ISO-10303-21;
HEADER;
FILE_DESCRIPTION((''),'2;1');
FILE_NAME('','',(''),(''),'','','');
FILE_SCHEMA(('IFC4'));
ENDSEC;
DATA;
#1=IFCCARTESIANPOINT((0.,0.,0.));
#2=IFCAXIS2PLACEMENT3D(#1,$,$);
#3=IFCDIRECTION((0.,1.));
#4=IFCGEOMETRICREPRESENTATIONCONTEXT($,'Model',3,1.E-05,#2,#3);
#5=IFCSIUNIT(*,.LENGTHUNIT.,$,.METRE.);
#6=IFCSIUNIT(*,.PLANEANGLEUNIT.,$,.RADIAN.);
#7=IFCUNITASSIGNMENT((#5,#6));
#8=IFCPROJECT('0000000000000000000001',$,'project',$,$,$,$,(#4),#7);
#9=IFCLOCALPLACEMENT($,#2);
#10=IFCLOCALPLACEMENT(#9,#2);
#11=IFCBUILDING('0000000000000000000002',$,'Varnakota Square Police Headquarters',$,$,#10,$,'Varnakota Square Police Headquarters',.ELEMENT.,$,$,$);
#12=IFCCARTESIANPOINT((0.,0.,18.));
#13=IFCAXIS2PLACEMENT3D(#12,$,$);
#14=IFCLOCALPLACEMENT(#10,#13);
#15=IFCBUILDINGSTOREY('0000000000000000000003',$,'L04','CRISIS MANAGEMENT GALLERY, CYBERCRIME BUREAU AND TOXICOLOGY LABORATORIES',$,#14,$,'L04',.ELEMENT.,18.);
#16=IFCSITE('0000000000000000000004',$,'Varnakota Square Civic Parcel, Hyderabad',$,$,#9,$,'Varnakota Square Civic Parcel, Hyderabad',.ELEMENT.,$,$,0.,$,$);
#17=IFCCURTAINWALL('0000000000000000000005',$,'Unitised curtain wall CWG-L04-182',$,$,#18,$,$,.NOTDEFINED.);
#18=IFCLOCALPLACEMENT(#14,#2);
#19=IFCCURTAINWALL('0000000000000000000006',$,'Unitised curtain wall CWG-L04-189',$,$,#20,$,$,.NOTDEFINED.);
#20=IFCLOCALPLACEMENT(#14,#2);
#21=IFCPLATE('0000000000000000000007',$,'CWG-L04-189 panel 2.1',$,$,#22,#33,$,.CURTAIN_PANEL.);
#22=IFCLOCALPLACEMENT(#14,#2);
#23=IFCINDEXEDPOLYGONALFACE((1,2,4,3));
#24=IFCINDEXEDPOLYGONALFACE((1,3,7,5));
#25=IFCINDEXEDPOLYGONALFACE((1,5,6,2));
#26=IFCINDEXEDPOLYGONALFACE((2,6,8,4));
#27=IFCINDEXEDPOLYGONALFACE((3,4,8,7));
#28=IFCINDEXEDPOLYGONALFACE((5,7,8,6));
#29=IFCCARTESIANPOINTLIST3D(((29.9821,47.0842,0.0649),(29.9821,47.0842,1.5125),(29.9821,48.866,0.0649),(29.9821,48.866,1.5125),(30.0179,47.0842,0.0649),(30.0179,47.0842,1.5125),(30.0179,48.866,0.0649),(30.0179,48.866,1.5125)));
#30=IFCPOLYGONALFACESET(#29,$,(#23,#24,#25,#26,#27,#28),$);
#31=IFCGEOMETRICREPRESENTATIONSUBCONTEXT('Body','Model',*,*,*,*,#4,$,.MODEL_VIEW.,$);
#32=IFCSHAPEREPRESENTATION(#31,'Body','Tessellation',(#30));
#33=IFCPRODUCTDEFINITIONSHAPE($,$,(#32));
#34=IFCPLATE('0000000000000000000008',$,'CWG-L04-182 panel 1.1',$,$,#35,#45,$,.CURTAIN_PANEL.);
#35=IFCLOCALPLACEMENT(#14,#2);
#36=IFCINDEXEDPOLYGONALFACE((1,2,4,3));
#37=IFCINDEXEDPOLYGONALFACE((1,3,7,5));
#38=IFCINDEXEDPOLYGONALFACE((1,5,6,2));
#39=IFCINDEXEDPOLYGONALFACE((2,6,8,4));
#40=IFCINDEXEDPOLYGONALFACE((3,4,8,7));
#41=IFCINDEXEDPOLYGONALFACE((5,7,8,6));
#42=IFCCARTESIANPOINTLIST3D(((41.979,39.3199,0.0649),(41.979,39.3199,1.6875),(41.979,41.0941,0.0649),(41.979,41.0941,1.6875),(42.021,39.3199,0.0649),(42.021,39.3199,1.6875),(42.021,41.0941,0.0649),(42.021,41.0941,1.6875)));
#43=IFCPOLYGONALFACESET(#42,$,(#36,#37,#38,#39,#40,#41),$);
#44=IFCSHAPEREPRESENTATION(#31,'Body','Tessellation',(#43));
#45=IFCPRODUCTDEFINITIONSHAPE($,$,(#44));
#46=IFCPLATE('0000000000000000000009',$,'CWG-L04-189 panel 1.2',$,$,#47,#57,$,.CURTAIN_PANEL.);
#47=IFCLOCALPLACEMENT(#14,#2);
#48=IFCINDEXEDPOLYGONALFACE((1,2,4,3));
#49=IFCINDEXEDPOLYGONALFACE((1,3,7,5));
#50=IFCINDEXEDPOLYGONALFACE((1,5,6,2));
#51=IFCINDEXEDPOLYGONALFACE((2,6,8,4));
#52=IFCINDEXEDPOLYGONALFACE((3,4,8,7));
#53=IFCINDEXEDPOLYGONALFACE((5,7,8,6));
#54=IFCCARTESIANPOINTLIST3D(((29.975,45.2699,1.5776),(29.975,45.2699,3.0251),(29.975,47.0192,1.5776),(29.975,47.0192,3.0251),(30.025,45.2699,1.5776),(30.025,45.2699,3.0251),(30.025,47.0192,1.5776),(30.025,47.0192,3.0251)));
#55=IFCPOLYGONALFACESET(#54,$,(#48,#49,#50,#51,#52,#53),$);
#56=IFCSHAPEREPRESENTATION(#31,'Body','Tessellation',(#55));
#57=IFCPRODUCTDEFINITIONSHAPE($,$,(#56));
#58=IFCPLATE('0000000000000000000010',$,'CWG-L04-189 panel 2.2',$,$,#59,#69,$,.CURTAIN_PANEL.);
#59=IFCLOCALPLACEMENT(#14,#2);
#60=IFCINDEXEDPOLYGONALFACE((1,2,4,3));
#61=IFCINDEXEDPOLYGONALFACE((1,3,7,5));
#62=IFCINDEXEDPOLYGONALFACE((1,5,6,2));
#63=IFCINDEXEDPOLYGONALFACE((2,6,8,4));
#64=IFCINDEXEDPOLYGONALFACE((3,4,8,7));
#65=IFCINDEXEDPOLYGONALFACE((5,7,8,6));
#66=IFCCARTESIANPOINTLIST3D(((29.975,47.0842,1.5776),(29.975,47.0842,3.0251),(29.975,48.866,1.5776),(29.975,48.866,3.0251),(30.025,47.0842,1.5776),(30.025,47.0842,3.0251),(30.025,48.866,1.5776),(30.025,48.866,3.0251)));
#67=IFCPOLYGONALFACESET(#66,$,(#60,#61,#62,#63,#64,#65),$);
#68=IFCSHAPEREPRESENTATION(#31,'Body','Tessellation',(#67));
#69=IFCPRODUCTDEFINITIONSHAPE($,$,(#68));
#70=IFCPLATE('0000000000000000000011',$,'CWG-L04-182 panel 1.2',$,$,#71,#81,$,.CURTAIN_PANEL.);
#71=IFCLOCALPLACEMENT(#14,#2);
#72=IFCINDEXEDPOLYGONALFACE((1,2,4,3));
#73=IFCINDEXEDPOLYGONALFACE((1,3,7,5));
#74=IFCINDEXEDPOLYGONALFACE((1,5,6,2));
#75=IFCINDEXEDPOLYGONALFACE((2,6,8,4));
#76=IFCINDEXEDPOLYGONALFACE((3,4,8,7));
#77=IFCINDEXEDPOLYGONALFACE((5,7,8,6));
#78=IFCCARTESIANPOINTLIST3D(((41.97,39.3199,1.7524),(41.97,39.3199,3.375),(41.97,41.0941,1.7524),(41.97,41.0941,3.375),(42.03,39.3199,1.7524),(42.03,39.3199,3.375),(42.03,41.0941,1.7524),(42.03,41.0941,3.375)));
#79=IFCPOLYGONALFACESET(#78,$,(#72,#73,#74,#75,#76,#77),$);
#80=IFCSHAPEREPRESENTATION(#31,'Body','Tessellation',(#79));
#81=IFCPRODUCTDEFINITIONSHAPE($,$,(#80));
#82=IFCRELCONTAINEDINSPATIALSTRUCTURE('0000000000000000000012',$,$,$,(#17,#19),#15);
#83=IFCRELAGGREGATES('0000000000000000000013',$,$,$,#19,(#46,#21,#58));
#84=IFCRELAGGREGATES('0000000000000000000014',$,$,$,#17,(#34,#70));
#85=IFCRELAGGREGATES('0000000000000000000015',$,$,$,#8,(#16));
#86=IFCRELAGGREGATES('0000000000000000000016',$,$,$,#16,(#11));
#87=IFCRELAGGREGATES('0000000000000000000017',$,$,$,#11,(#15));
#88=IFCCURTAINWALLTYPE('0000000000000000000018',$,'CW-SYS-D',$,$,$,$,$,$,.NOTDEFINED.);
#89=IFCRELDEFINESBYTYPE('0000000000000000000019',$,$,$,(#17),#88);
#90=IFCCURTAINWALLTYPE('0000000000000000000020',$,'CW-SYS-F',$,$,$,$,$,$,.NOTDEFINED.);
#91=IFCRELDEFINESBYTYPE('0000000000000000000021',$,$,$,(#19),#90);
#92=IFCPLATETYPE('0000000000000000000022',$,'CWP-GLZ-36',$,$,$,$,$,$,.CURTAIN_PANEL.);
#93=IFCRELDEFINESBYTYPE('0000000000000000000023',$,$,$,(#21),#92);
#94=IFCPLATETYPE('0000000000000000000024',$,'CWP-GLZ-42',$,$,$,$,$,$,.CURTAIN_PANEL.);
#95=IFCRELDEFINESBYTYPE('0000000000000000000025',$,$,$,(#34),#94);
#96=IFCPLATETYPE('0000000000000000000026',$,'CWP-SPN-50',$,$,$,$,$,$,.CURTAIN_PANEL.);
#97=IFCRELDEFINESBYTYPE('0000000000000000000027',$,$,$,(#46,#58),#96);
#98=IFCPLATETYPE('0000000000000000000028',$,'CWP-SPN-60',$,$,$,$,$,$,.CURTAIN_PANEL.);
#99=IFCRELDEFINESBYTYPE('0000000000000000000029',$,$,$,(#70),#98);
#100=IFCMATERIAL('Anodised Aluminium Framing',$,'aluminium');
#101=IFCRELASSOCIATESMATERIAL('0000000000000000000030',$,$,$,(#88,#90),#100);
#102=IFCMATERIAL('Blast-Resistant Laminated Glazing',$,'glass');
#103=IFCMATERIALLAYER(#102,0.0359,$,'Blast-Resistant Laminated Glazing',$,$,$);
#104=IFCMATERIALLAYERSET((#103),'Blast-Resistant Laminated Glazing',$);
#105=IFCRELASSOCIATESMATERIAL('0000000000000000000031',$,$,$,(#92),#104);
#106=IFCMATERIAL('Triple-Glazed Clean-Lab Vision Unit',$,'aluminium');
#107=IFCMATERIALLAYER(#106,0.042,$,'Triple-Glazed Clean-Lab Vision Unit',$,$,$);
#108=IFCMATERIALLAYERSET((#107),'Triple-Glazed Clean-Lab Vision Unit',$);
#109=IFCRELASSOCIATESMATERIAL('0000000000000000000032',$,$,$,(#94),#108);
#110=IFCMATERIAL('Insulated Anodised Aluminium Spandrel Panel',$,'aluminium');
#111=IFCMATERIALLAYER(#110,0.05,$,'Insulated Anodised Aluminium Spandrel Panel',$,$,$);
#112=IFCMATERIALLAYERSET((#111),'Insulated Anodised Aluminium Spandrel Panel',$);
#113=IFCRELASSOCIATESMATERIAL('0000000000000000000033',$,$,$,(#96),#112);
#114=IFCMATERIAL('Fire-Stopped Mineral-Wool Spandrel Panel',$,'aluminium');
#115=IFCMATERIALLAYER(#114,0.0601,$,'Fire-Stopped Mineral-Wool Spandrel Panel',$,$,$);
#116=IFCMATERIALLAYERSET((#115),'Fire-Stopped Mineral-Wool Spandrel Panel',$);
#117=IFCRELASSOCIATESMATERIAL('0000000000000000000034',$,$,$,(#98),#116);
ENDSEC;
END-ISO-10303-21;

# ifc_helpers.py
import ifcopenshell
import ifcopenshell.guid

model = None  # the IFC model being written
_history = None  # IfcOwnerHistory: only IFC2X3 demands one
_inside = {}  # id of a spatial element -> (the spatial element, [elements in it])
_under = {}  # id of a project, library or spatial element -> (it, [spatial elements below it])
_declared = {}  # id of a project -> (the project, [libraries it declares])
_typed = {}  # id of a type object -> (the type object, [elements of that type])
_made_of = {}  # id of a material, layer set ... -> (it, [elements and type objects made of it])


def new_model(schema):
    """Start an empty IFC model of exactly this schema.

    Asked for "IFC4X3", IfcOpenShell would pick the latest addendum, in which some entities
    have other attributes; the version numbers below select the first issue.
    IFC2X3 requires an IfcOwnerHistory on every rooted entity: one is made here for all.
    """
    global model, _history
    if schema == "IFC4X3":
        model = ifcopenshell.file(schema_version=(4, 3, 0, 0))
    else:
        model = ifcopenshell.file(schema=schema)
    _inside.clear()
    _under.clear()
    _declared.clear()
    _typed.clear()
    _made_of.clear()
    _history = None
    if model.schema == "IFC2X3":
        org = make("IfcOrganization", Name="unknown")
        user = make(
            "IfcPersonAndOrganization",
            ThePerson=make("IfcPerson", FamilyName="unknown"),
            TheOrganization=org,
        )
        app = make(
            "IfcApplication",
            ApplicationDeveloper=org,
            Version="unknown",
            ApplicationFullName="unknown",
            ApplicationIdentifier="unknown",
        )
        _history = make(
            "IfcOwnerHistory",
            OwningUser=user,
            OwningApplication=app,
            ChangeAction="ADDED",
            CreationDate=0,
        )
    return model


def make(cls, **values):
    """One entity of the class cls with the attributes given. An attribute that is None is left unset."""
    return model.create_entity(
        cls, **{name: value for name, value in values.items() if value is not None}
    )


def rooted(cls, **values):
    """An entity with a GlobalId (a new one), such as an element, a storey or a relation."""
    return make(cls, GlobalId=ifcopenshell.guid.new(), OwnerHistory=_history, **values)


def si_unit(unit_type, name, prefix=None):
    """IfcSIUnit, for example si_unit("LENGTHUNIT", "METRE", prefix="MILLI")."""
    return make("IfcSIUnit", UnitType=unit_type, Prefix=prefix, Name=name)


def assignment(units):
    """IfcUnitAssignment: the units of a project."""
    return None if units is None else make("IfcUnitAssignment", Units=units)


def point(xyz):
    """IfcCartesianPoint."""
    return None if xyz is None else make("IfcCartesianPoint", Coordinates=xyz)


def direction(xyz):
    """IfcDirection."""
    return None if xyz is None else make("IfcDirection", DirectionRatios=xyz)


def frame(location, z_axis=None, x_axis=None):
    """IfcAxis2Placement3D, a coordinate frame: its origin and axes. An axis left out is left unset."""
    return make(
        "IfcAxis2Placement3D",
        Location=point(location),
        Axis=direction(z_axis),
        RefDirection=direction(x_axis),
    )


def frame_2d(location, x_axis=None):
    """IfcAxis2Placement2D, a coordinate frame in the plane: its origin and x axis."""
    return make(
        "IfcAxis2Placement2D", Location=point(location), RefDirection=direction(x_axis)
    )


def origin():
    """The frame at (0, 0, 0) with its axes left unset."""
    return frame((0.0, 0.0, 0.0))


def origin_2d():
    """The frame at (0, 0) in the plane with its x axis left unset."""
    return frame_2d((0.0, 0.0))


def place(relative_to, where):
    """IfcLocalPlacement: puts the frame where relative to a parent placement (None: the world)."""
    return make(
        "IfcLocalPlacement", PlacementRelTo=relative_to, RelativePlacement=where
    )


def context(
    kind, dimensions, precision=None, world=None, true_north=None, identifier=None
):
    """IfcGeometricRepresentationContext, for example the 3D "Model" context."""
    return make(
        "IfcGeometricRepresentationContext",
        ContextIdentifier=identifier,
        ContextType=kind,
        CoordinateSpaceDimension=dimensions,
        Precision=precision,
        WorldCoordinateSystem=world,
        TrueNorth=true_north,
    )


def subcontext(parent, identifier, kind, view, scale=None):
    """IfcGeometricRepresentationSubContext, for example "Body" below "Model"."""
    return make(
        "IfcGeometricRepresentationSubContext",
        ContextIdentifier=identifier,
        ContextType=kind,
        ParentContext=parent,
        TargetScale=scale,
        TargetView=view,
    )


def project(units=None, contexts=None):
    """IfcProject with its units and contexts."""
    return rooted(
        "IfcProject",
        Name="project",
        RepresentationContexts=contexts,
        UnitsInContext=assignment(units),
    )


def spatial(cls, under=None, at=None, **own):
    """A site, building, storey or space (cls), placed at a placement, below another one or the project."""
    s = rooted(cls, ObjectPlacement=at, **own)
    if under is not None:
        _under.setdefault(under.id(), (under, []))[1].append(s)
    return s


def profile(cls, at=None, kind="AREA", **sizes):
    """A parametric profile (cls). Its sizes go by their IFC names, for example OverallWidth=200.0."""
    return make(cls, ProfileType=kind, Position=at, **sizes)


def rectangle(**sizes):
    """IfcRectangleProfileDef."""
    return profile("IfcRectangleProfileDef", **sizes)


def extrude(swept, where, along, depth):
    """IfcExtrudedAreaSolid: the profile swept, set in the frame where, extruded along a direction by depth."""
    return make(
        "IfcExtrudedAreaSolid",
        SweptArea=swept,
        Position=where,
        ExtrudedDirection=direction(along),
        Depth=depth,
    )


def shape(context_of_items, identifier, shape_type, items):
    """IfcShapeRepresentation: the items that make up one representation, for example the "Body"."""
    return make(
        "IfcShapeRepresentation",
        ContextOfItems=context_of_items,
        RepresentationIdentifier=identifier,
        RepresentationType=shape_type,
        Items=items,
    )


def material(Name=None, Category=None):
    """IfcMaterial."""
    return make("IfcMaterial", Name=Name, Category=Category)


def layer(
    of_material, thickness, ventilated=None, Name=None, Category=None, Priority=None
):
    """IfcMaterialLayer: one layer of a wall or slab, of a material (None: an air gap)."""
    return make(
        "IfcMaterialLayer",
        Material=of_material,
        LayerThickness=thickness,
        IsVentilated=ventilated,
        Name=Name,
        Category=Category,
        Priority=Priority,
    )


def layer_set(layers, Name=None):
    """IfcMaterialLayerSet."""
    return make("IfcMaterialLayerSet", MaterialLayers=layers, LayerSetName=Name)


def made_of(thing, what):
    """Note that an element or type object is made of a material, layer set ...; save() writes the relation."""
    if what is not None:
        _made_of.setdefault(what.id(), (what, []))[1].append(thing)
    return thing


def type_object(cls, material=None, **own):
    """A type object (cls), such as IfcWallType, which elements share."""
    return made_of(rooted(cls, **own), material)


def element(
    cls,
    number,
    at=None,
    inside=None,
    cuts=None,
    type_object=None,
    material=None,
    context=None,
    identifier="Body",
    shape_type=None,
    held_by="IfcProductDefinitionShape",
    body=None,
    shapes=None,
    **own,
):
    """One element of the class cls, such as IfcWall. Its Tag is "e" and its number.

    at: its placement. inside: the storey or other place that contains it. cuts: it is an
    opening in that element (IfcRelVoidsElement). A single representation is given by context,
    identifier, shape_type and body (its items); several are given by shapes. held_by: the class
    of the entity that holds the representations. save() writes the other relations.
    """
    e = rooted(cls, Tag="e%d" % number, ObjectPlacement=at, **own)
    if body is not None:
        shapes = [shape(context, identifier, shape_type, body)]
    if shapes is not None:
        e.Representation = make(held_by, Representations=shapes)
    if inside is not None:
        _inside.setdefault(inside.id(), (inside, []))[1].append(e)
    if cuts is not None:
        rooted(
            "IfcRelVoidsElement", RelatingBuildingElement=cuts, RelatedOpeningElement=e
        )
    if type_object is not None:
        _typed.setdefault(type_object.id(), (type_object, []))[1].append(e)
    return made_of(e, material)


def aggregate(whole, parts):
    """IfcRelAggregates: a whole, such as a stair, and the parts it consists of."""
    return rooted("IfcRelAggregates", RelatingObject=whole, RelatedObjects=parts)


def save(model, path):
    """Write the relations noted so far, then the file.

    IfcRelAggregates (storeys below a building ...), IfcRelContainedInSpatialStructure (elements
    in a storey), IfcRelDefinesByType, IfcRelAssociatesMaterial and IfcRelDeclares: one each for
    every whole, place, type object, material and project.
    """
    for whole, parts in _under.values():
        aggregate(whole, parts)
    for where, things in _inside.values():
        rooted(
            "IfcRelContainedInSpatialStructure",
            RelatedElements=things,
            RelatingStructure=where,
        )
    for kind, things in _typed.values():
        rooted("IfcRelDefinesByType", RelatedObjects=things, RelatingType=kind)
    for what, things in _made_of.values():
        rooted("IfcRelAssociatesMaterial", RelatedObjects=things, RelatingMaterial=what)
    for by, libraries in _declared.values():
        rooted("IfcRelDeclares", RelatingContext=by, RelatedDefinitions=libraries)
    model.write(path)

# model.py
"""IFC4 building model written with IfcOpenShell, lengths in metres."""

from ifc_helpers import new_model, si_unit, direction, frame, origin, origin_2d, place, context, subcontext, project, spatial, rectangle, extrude, material, layer, layer_set, type_object, element, aggregate, save


model = new_model("IFC4")

# Units and contexts
model_context = context("Model", 3, precision=1e-05, world=origin(), true_north=direction((0.0, 1.0)))
body_context = subcontext(model_context, "Body", "Model", "MODEL_VIEW")
ifc_project = project(units=[si_unit("LENGTHUNIT", "METRE"), si_unit("PLANEANGLEUNIT", "RADIAN")], contexts=[model_context])

# Site, building, storey
site_placement = place(None, origin())
site = spatial("IfcSite", under=ifc_project, at=site_placement, Name="Varnakota Square Civic Parcel, Hyderabad", LongName="Varnakota Square Civic Parcel, Hyderabad", CompositionType="ELEMENT", RefElevation=0.0)
building_placement = place(site_placement, origin())
building = spatial("IfcBuilding", under=site, at=building_placement, Name="Varnakota Square Police Headquarters", LongName="Varnakota Square Police Headquarters", CompositionType="ELEMENT")
storey_placement = place(building_placement, frame((0.0, 0.0, 18.0)))
storey = spatial("IfcBuildingStorey", under=building, at=storey_placement, Name="L04", Description="CRISIS MANAGEMENT GALLERY, CYBERCRIME BUREAU AND TOXICOLOGY LABORATORIES", LongName="L04", CompositionType="ELEMENT", Elevation=18.0)

# Curtain walls
ifc_material_1 = material(Name="Anodised Aluminium Framing", Category="aluminium")
curtain_wall_type_1 = type_object("IfcCurtainWallType", Name="CW-SYS-D", PredefinedType="NOTDEFINED", material=ifc_material_1)
curtain_wall_1_placement = place(storey_placement, origin())
curtain_wall_1 = element("IfcCurtainWall", 1, at=curtain_wall_1_placement, inside=storey, type_object=curtain_wall_type_1, Name="Unitised curtain wall CWG-L04-182", PredefinedType="NOTDEFINED")
curtain_wall_type_2 = type_object("IfcCurtainWallType", Name="CW-SYS-F", PredefinedType="NOTDEFINED", material=ifc_material_1)
curtain_wall_2_placement = place(storey_placement, origin())
curtain_wall_2 = element("IfcCurtainWall", 2, at=curtain_wall_2_placement, inside=storey, type_object=curtain_wall_type_2, Name="Unitised curtain wall CWG-L04-189", PredefinedType="NOTDEFINED")

# Plates
ifc_material_2 = material(Name="Blast-Resistant Laminated Glazing", Category="glass")
ifc_layer_1 = layer(ifc_material_2, 0.0359, Name="Blast-Resistant Laminated Glazing")
ifc_layer_set_1 = layer_set([ifc_layer_1], Name="Blast-Resistant Laminated Glazing")
plate_type_1 = type_object("IfcPlateType", Name="CWP-GLZ-36", PredefinedType="CURTAIN_PANEL", material=ifc_layer_set_1)
plate_1_placement = place(storey_placement, frame((30.0, 47.9751, 0.0649), z_axis=(0.0, 0.0, 1.0), x_axis=(0.0, 1.0, 0.0)))
plate_1 = element("IfcPlate", 3, at=plate_1_placement, type_object=plate_type_1, Name="CWG-L04-189 panel 2.1", PredefinedType="CURTAIN_PANEL", context=body_context, shape_type="SweptSolid", body=[
    extrude(rectangle(XDim=1.7817, YDim=0.0359, at=origin_2d()), origin(), (0.0, 0.0, 1.0), 1.4475),
])
ifc_material_3 = material(Name="Triple-Glazed Clean-Lab Vision Unit", Category="aluminium")
ifc_layer_2 = layer(ifc_material_3, 0.042, Name="Triple-Glazed Clean-Lab Vision Unit")
ifc_layer_set_2 = layer_set([ifc_layer_2], Name="Triple-Glazed Clean-Lab Vision Unit")
plate_type_2 = type_object("IfcPlateType", Name="CWP-GLZ-42", PredefinedType="CURTAIN_PANEL", material=ifc_layer_set_2)
plate_2_placement = place(storey_placement, frame((42.0, 40.207, 0.0649), z_axis=(0.0, 0.0, 1.0), x_axis=(0.0, 1.0, 0.0)))
plate_2 = element("IfcPlate", 4, at=plate_2_placement, type_object=plate_type_2, Name="CWG-L04-182 panel 1.1", PredefinedType="CURTAIN_PANEL", context=body_context, shape_type="SweptSolid", body=[
    extrude(rectangle(XDim=1.7742, YDim=0.042, at=origin_2d()), origin(), (0.0, 0.0, 1.0), 1.6226),
])
ifc_material_4 = material(Name="Insulated Anodised Aluminium Spandrel Panel", Category="aluminium")
ifc_layer_3 = layer(ifc_material_4, 0.05, Name="Insulated Anodised Aluminium Spandrel Panel")
ifc_layer_set_3 = layer_set([ifc_layer_3], Name="Insulated Anodised Aluminium Spandrel Panel")
plate_type_3 = type_object("IfcPlateType", Name="CWP-SPN-50", PredefinedType="CURTAIN_PANEL", material=ifc_layer_set_3)
plate_3_placement = place(storey_placement, frame((30.0, 46.1445, 1.5776), z_axis=(0.0, 0.0, 1.0), x_axis=(0.0, 1.0, 0.0)))
plate_3 = element("IfcPlate", 5, at=plate_3_placement, type_object=plate_type_3, Name="CWG-L04-189 panel 1.2", PredefinedType="CURTAIN_PANEL", context=body_context, shape_type="SweptSolid", body=[
    extrude(rectangle(XDim=1.7493, YDim=0.05, at=origin_2d()), origin(), (0.0, 0.0, 1.0), 1.4475),
])
plate_4_placement = place(storey_placement, frame((30.0, 47.9751, 1.5776), z_axis=(0.0, 0.0, 1.0), x_axis=(0.0, 1.0, 0.0)))
plate_4 = element("IfcPlate", 6, at=plate_4_placement, type_object=plate_type_3, Name="CWG-L04-189 panel 2.2", PredefinedType="CURTAIN_PANEL", context=body_context, shape_type="SweptSolid", body=[
    extrude(rectangle(XDim=1.7817, YDim=0.05, at=origin_2d()), origin(), (0.0, 0.0, 1.0), 1.4475),
])
aggregate(curtain_wall_2, [plate_3, plate_1, plate_4])
ifc_material_5 = material(Name="Fire-Stopped Mineral-Wool Spandrel Panel", Category="aluminium")
ifc_layer_4 = layer(ifc_material_5, 0.0601, Name="Fire-Stopped Mineral-Wool Spandrel Panel")
ifc_layer_set_4 = layer_set([ifc_layer_4], Name="Fire-Stopped Mineral-Wool Spandrel Panel")
plate_type_4 = type_object("IfcPlateType", Name="CWP-SPN-60", PredefinedType="CURTAIN_PANEL", material=ifc_layer_set_4)
plate_5_placement = place(storey_placement, frame((42.0, 40.207, 1.7524), z_axis=(0.0, 0.0, 1.0), x_axis=(0.0, 1.0, 0.0)))
plate_5 = element("IfcPlate", 7, at=plate_5_placement, type_object=plate_type_4, Name="CWG-L04-182 panel 1.2", PredefinedType="CURTAIN_PANEL", context=body_context, shape_type="SweptSolid", body=[
    extrude(rectangle(XDim=1.7742, YDim=0.0601, at=origin_2d()), origin(), (0.0, 0.0, 1.0), 1.6226),
])
aggregate(curtain_wall_1, [plate_2, plate_5])

save(model, "model.ifc")
